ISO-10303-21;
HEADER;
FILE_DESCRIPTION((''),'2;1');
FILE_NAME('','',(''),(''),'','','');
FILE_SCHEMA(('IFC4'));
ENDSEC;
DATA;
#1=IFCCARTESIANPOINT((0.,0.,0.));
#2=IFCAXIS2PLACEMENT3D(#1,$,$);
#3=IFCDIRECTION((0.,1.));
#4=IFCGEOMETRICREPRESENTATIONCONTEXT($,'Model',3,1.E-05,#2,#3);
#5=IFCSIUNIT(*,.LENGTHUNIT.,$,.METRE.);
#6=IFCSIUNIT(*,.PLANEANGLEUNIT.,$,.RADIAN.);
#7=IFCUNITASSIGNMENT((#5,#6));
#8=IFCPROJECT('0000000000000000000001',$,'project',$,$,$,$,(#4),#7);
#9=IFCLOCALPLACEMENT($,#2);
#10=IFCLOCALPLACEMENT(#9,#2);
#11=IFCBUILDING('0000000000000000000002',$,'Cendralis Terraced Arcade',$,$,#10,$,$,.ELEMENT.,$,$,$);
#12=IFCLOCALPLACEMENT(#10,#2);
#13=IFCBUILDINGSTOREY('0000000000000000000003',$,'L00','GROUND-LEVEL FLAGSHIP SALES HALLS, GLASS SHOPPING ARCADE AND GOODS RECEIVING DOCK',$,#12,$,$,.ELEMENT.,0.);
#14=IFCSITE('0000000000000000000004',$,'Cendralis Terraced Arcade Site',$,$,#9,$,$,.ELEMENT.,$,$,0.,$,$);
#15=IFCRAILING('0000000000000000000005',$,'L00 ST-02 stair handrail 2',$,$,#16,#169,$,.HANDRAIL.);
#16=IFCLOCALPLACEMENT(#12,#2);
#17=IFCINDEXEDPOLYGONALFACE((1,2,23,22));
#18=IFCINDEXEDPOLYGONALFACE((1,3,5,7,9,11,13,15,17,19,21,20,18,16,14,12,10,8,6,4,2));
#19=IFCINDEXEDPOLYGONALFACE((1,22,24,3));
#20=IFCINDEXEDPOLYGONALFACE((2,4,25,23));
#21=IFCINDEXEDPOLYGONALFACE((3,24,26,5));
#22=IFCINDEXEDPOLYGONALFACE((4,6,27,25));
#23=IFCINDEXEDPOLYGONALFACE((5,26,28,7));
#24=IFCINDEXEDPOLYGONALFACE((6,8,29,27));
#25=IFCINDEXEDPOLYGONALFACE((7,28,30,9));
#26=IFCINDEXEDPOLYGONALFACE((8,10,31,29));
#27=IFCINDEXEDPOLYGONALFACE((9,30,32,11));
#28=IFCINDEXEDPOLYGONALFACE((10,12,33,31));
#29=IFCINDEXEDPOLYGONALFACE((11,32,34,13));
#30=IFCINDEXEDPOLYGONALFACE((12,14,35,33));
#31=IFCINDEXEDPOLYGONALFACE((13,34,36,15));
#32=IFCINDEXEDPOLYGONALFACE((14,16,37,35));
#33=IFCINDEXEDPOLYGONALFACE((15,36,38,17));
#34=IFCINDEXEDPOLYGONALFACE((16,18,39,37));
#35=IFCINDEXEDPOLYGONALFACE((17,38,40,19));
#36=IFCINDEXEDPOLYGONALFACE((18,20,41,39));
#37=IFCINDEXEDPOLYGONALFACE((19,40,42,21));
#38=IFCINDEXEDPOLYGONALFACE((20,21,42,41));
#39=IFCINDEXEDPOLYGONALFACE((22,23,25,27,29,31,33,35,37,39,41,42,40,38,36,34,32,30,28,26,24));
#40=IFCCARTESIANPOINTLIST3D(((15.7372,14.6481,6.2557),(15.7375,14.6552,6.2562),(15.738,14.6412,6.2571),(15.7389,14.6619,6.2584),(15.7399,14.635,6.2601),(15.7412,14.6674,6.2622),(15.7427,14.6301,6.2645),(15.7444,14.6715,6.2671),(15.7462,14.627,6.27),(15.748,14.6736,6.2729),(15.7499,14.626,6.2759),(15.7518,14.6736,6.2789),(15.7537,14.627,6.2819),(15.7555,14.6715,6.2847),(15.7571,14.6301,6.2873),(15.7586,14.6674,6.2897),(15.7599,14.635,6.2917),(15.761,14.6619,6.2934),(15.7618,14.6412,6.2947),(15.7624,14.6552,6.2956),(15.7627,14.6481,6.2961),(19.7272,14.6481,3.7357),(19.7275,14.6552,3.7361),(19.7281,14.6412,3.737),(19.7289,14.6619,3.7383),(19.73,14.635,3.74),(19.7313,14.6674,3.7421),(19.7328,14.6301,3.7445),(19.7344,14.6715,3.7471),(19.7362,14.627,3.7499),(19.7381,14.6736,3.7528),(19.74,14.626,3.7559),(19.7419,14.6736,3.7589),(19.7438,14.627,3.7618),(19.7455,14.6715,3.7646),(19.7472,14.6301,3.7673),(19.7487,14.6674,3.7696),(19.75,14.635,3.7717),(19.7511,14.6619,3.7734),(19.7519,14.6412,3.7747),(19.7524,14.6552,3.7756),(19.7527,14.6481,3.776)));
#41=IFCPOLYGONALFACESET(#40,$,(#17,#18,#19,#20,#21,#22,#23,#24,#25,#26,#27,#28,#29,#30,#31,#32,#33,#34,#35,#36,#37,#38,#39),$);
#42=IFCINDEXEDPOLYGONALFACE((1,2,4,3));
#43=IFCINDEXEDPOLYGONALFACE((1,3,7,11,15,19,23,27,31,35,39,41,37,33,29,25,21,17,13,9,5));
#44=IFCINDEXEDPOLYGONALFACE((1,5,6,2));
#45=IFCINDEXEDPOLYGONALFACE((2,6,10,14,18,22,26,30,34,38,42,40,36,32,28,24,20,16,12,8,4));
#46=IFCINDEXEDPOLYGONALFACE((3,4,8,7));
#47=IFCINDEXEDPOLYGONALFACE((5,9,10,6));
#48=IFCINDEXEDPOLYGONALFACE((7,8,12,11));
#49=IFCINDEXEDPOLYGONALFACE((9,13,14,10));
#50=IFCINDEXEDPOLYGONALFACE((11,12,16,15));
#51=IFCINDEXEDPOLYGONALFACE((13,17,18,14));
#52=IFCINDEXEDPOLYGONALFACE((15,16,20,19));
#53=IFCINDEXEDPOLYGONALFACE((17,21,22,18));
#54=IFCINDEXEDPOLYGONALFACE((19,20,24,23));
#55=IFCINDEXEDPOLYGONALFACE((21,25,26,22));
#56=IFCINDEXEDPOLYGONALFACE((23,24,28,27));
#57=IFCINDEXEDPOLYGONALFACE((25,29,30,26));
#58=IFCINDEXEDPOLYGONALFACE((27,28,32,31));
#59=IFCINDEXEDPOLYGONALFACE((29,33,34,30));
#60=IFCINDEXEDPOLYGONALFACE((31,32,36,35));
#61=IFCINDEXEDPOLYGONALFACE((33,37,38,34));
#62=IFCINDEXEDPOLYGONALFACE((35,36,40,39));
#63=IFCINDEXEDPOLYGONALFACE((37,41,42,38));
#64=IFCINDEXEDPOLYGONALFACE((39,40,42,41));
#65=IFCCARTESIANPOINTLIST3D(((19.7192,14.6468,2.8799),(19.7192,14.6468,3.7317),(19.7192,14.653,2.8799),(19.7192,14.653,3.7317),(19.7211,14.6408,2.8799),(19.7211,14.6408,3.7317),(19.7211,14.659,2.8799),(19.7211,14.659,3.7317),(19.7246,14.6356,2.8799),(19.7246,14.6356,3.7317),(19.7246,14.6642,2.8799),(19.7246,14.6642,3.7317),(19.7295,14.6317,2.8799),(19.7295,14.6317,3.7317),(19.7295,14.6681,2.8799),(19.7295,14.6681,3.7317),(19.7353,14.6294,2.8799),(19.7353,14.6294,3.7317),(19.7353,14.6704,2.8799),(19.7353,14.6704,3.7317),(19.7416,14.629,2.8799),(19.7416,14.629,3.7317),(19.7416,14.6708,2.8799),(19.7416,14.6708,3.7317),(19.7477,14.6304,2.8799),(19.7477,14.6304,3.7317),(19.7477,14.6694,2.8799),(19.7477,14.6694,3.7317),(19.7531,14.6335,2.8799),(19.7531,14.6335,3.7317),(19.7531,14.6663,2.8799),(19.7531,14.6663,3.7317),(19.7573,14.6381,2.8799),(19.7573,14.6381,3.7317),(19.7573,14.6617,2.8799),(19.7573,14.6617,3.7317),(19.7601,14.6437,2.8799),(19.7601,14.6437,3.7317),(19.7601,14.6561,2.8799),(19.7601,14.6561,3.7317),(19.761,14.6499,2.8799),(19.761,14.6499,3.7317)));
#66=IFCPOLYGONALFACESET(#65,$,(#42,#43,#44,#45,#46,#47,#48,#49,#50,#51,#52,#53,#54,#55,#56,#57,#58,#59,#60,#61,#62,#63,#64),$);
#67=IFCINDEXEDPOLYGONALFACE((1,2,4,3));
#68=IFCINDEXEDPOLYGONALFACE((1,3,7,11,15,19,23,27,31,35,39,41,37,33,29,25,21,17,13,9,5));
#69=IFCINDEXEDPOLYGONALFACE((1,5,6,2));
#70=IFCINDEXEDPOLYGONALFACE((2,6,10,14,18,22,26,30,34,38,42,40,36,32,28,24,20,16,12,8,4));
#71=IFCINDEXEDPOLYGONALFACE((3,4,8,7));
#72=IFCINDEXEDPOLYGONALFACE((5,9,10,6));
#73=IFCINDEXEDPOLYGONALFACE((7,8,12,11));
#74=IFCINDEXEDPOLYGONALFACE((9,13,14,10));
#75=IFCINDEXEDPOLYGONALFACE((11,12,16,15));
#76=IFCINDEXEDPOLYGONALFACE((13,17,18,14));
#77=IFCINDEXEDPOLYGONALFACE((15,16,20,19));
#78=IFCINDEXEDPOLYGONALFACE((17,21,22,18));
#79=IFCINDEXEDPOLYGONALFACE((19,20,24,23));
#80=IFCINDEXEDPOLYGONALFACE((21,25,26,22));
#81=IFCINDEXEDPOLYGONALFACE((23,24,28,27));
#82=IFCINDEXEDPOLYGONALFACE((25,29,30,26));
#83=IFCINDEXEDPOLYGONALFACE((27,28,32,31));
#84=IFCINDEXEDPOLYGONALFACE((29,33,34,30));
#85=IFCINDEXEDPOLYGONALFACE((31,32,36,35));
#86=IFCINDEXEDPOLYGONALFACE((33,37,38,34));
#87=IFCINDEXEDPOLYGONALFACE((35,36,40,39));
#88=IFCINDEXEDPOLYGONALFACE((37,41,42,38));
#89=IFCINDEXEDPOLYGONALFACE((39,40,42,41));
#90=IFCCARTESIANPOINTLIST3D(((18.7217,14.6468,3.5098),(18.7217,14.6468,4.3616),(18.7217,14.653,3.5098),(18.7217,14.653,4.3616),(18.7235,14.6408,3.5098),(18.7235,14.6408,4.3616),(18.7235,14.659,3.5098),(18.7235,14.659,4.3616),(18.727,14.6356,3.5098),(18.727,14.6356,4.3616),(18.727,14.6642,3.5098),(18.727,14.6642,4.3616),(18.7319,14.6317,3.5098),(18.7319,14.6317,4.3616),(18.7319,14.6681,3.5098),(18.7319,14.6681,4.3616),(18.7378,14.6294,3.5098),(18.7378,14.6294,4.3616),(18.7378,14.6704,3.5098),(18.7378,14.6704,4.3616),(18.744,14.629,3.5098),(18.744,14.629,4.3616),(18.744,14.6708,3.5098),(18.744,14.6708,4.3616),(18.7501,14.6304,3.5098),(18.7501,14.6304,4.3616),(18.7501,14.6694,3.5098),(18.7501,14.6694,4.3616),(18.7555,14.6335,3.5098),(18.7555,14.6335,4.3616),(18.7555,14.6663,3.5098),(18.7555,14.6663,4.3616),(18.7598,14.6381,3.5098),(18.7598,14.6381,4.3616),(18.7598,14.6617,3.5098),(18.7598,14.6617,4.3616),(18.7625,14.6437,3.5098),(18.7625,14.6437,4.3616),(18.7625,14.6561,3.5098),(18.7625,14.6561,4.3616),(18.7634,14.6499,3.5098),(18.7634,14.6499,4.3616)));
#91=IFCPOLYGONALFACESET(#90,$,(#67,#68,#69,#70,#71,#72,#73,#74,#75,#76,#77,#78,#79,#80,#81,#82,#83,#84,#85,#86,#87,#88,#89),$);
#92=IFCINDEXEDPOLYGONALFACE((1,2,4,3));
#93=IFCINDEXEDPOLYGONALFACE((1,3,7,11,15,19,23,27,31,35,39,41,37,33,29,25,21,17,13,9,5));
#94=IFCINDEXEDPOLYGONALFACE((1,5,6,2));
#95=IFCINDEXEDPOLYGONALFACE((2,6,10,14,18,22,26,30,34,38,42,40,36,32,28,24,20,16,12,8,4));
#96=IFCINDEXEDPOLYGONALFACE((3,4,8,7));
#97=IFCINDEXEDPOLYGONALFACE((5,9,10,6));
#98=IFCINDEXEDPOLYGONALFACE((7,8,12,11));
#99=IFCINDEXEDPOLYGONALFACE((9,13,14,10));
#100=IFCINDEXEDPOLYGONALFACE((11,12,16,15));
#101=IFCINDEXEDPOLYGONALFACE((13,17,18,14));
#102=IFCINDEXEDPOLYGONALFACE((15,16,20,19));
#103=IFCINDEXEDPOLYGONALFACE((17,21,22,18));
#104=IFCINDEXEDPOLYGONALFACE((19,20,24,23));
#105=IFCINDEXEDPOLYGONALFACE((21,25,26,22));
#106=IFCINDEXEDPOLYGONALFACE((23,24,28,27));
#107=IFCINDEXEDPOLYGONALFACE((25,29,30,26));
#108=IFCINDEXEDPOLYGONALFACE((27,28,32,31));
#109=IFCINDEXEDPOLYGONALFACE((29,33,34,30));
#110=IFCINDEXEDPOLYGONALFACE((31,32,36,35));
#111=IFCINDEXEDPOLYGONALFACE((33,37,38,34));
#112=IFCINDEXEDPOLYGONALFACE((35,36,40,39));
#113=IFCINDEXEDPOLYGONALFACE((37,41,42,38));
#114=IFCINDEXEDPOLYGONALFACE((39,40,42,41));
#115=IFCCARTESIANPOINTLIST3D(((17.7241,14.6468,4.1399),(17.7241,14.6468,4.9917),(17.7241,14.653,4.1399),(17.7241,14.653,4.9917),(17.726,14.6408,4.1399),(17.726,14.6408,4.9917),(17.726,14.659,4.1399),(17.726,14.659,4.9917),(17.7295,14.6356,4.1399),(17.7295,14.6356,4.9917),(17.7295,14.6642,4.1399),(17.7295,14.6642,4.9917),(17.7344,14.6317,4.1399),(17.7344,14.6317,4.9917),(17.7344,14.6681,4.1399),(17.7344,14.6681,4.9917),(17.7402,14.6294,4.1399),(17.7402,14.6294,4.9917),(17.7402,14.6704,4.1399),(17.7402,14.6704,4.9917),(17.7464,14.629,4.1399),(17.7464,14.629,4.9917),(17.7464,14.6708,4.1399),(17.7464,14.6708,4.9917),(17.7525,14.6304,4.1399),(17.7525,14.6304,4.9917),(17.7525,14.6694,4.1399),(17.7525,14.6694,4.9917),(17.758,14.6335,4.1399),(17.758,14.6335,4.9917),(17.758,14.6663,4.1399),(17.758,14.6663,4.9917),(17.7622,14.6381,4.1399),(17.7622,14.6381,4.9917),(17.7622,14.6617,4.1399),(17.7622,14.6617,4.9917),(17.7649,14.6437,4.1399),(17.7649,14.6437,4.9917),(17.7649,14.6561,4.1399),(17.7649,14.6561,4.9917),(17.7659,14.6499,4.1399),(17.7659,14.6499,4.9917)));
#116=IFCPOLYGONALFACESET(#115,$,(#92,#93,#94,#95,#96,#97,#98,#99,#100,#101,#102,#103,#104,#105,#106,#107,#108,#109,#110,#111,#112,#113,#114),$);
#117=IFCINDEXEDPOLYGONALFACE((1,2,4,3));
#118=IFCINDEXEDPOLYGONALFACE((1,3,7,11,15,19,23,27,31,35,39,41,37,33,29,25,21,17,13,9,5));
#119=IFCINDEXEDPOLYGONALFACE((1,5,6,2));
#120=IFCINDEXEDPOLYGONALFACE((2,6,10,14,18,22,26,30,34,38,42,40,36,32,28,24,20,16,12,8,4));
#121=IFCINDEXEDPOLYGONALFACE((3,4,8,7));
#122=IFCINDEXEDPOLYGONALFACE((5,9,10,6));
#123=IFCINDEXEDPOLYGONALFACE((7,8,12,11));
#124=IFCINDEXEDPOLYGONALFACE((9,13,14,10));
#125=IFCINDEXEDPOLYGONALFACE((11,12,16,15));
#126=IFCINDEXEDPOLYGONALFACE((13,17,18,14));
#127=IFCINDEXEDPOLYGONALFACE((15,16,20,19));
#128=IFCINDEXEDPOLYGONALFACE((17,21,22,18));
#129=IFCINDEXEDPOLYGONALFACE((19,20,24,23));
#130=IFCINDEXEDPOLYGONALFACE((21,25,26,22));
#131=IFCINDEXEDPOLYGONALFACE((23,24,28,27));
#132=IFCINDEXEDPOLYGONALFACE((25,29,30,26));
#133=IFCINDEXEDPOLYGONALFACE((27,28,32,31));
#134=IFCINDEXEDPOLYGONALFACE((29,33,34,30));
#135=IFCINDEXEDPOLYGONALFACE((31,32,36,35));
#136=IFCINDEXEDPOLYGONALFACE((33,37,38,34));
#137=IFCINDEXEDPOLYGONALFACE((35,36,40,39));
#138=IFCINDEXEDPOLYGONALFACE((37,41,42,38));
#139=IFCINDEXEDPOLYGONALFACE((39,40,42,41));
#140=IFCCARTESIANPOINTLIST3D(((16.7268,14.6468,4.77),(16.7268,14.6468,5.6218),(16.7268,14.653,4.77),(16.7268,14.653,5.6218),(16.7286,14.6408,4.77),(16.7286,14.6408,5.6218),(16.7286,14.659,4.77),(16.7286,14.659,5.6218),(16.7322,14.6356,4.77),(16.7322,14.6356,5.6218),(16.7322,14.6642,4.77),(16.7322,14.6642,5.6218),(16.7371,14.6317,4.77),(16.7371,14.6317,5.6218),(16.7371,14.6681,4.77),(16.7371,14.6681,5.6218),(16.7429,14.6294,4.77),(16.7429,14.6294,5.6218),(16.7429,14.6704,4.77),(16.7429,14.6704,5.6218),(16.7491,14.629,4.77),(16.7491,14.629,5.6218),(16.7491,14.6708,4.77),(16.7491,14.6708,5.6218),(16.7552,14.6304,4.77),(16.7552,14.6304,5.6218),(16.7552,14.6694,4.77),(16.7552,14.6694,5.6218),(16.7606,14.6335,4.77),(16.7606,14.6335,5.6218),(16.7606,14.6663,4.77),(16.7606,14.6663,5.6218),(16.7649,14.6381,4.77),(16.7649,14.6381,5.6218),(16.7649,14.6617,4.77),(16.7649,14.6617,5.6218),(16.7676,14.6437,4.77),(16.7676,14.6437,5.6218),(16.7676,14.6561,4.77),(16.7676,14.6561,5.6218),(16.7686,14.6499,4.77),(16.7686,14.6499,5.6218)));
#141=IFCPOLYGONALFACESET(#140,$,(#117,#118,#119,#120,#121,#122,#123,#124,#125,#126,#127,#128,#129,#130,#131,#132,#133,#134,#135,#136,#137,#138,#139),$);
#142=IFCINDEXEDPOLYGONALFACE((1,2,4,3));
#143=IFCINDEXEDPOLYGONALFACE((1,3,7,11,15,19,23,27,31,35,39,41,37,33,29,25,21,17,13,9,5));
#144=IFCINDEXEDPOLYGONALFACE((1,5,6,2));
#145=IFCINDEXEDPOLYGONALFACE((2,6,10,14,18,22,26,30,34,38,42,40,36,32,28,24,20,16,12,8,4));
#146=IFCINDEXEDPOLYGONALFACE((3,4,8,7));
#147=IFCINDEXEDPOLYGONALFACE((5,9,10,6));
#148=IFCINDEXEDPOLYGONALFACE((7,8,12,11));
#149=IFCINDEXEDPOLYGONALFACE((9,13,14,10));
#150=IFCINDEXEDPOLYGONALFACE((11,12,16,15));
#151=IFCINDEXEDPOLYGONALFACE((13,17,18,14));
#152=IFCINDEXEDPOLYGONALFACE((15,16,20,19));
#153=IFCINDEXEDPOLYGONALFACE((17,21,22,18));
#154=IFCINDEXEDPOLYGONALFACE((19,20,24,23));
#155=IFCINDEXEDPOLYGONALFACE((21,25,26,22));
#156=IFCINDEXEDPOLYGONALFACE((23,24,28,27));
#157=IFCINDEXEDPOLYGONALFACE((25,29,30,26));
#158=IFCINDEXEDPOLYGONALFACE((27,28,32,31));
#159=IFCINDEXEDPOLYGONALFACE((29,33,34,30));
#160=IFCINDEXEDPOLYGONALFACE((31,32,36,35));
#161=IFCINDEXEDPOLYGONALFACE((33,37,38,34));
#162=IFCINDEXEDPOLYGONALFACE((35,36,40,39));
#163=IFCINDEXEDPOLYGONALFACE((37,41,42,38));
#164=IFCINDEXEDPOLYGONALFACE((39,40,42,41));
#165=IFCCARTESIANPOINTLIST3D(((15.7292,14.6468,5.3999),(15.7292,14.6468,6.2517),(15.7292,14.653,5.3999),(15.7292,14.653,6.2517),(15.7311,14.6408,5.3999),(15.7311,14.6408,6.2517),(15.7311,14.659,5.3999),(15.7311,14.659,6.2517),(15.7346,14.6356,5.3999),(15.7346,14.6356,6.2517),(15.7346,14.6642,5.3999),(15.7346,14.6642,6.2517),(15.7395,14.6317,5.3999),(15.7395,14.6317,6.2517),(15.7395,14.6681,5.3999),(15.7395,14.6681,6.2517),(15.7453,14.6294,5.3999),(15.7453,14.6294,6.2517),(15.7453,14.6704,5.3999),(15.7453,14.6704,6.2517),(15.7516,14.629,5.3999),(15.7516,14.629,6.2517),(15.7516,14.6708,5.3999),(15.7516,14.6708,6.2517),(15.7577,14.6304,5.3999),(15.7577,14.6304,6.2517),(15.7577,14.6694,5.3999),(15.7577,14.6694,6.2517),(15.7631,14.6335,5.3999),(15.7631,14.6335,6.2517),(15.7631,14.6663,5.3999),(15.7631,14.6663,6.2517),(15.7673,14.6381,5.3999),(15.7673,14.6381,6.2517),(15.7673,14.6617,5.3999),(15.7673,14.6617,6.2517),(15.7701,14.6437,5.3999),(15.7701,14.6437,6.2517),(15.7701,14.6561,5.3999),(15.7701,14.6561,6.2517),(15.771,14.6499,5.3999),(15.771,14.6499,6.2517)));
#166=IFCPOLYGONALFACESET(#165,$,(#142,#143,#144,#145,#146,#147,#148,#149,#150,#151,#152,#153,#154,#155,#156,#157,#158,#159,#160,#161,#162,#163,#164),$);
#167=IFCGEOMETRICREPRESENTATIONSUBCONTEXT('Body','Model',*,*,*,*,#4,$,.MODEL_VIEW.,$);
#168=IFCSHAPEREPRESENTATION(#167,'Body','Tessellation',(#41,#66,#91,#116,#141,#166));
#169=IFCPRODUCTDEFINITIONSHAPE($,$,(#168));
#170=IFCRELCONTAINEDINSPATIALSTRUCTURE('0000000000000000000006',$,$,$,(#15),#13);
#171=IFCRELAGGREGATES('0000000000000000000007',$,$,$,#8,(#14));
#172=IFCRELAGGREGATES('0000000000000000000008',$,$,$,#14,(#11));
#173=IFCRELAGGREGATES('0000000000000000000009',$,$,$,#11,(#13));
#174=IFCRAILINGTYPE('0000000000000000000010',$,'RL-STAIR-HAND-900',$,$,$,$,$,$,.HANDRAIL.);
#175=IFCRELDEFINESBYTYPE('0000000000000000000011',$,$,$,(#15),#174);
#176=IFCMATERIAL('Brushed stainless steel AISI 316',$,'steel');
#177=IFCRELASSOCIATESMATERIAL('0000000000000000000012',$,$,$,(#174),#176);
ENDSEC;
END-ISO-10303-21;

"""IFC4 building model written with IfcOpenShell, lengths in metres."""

from ifc_helpers import new_model, si_unit, direction, frame, origin, origin_2d, place, context, subcontext, project, spatial, circle, extrude, material, type_object, element, save


model = new_model("IFC4")

# Units and contexts
model_context = context("Model", 3, precision=1e-05, world=origin(), true_north=direction((0.0, 1.0)))
body_context = subcontext(model_context, "Body", "Model", "MODEL_VIEW")
ifc_project = project(units=[si_unit("LENGTHUNIT", "METRE"), si_unit("PLANEANGLEUNIT", "RADIAN")], contexts=[model_context])

# Site, building, storey
site_placement = place(None, origin())
site = spatial("IfcSite", under=ifc_project, at=site_placement, Name="Cendralis Terraced Arcade Site", CompositionType="ELEMENT", RefElevation=0.0)
building_placement = place(site_placement, origin())
building = spatial("IfcBuilding", under=site, at=building_placement, Name="Cendralis Terraced Arcade", CompositionType="ELEMENT")
storey_placement = place(building_placement, origin())
storey = spatial("IfcBuildingStorey", under=building, at=storey_placement, Name="L00", Description="GROUND-LEVEL FLAGSHIP SALES HALLS, GLASS SHOPPING ARCADE AND GOODS RECEIVING DOCK", CompositionType="ELEMENT", Elevation=0.0)

# Railing
ifc_material_1 = material(Name="Brushed stainless steel AISI 316", Category="steel")
railing_type_1 = type_object("IfcRailingType", Name="RL-STAIR-HAND-900", PredefinedType="HANDRAIL", material=ifc_material_1)
railing_1_placement = place(storey_placement, frame((19.74, 14.6499, 2.8799)))
element("IfcRailing", 1, at=railing_1_placement, inside=storey, type_object=railing_type_1, Name="L00 ST-02 stair handrail 2", PredefinedType="HANDRAIL", context=body_context, shape_type="SweptSolid", body=[
    extrude(circle(Radius=0.0239, at=origin_2d()), frame((0.0, 0.0, 0.876), z_axis=(-0.845486, 0.0, 0.533997), x_axis=(0.0, -1.0, 0.0)), (0.0, 0.0, 1.0), 4.7192),
    extrude(circle(Radius=0.021, at=origin_2d()), origin(), (0.0, 0.0, 1.0), 0.8518),
    extrude(circle(Radius=0.021, at=origin_2d()), frame((-0.9976, 0.0, 0.6299)), (0.0, 0.0, 1.0), 0.8518),
    extrude(circle(Radius=0.021, at=origin_2d()), frame((-1.9951, 0.0, 1.26)), (0.0, 0.0, 1.0), 0.8518),
    extrude(circle(Radius=0.021, at=origin_2d()), frame((-2.9924, 0.0, 1.8901)), (0.0, 0.0, 1.0), 0.8518),
    extrude(circle(Radius=0.021, at=origin_2d()), frame((-3.99, 0.0, 2.52)), (0.0, 0.0, 1.0), 0.8518),
])

save(model, "model.ifc")
